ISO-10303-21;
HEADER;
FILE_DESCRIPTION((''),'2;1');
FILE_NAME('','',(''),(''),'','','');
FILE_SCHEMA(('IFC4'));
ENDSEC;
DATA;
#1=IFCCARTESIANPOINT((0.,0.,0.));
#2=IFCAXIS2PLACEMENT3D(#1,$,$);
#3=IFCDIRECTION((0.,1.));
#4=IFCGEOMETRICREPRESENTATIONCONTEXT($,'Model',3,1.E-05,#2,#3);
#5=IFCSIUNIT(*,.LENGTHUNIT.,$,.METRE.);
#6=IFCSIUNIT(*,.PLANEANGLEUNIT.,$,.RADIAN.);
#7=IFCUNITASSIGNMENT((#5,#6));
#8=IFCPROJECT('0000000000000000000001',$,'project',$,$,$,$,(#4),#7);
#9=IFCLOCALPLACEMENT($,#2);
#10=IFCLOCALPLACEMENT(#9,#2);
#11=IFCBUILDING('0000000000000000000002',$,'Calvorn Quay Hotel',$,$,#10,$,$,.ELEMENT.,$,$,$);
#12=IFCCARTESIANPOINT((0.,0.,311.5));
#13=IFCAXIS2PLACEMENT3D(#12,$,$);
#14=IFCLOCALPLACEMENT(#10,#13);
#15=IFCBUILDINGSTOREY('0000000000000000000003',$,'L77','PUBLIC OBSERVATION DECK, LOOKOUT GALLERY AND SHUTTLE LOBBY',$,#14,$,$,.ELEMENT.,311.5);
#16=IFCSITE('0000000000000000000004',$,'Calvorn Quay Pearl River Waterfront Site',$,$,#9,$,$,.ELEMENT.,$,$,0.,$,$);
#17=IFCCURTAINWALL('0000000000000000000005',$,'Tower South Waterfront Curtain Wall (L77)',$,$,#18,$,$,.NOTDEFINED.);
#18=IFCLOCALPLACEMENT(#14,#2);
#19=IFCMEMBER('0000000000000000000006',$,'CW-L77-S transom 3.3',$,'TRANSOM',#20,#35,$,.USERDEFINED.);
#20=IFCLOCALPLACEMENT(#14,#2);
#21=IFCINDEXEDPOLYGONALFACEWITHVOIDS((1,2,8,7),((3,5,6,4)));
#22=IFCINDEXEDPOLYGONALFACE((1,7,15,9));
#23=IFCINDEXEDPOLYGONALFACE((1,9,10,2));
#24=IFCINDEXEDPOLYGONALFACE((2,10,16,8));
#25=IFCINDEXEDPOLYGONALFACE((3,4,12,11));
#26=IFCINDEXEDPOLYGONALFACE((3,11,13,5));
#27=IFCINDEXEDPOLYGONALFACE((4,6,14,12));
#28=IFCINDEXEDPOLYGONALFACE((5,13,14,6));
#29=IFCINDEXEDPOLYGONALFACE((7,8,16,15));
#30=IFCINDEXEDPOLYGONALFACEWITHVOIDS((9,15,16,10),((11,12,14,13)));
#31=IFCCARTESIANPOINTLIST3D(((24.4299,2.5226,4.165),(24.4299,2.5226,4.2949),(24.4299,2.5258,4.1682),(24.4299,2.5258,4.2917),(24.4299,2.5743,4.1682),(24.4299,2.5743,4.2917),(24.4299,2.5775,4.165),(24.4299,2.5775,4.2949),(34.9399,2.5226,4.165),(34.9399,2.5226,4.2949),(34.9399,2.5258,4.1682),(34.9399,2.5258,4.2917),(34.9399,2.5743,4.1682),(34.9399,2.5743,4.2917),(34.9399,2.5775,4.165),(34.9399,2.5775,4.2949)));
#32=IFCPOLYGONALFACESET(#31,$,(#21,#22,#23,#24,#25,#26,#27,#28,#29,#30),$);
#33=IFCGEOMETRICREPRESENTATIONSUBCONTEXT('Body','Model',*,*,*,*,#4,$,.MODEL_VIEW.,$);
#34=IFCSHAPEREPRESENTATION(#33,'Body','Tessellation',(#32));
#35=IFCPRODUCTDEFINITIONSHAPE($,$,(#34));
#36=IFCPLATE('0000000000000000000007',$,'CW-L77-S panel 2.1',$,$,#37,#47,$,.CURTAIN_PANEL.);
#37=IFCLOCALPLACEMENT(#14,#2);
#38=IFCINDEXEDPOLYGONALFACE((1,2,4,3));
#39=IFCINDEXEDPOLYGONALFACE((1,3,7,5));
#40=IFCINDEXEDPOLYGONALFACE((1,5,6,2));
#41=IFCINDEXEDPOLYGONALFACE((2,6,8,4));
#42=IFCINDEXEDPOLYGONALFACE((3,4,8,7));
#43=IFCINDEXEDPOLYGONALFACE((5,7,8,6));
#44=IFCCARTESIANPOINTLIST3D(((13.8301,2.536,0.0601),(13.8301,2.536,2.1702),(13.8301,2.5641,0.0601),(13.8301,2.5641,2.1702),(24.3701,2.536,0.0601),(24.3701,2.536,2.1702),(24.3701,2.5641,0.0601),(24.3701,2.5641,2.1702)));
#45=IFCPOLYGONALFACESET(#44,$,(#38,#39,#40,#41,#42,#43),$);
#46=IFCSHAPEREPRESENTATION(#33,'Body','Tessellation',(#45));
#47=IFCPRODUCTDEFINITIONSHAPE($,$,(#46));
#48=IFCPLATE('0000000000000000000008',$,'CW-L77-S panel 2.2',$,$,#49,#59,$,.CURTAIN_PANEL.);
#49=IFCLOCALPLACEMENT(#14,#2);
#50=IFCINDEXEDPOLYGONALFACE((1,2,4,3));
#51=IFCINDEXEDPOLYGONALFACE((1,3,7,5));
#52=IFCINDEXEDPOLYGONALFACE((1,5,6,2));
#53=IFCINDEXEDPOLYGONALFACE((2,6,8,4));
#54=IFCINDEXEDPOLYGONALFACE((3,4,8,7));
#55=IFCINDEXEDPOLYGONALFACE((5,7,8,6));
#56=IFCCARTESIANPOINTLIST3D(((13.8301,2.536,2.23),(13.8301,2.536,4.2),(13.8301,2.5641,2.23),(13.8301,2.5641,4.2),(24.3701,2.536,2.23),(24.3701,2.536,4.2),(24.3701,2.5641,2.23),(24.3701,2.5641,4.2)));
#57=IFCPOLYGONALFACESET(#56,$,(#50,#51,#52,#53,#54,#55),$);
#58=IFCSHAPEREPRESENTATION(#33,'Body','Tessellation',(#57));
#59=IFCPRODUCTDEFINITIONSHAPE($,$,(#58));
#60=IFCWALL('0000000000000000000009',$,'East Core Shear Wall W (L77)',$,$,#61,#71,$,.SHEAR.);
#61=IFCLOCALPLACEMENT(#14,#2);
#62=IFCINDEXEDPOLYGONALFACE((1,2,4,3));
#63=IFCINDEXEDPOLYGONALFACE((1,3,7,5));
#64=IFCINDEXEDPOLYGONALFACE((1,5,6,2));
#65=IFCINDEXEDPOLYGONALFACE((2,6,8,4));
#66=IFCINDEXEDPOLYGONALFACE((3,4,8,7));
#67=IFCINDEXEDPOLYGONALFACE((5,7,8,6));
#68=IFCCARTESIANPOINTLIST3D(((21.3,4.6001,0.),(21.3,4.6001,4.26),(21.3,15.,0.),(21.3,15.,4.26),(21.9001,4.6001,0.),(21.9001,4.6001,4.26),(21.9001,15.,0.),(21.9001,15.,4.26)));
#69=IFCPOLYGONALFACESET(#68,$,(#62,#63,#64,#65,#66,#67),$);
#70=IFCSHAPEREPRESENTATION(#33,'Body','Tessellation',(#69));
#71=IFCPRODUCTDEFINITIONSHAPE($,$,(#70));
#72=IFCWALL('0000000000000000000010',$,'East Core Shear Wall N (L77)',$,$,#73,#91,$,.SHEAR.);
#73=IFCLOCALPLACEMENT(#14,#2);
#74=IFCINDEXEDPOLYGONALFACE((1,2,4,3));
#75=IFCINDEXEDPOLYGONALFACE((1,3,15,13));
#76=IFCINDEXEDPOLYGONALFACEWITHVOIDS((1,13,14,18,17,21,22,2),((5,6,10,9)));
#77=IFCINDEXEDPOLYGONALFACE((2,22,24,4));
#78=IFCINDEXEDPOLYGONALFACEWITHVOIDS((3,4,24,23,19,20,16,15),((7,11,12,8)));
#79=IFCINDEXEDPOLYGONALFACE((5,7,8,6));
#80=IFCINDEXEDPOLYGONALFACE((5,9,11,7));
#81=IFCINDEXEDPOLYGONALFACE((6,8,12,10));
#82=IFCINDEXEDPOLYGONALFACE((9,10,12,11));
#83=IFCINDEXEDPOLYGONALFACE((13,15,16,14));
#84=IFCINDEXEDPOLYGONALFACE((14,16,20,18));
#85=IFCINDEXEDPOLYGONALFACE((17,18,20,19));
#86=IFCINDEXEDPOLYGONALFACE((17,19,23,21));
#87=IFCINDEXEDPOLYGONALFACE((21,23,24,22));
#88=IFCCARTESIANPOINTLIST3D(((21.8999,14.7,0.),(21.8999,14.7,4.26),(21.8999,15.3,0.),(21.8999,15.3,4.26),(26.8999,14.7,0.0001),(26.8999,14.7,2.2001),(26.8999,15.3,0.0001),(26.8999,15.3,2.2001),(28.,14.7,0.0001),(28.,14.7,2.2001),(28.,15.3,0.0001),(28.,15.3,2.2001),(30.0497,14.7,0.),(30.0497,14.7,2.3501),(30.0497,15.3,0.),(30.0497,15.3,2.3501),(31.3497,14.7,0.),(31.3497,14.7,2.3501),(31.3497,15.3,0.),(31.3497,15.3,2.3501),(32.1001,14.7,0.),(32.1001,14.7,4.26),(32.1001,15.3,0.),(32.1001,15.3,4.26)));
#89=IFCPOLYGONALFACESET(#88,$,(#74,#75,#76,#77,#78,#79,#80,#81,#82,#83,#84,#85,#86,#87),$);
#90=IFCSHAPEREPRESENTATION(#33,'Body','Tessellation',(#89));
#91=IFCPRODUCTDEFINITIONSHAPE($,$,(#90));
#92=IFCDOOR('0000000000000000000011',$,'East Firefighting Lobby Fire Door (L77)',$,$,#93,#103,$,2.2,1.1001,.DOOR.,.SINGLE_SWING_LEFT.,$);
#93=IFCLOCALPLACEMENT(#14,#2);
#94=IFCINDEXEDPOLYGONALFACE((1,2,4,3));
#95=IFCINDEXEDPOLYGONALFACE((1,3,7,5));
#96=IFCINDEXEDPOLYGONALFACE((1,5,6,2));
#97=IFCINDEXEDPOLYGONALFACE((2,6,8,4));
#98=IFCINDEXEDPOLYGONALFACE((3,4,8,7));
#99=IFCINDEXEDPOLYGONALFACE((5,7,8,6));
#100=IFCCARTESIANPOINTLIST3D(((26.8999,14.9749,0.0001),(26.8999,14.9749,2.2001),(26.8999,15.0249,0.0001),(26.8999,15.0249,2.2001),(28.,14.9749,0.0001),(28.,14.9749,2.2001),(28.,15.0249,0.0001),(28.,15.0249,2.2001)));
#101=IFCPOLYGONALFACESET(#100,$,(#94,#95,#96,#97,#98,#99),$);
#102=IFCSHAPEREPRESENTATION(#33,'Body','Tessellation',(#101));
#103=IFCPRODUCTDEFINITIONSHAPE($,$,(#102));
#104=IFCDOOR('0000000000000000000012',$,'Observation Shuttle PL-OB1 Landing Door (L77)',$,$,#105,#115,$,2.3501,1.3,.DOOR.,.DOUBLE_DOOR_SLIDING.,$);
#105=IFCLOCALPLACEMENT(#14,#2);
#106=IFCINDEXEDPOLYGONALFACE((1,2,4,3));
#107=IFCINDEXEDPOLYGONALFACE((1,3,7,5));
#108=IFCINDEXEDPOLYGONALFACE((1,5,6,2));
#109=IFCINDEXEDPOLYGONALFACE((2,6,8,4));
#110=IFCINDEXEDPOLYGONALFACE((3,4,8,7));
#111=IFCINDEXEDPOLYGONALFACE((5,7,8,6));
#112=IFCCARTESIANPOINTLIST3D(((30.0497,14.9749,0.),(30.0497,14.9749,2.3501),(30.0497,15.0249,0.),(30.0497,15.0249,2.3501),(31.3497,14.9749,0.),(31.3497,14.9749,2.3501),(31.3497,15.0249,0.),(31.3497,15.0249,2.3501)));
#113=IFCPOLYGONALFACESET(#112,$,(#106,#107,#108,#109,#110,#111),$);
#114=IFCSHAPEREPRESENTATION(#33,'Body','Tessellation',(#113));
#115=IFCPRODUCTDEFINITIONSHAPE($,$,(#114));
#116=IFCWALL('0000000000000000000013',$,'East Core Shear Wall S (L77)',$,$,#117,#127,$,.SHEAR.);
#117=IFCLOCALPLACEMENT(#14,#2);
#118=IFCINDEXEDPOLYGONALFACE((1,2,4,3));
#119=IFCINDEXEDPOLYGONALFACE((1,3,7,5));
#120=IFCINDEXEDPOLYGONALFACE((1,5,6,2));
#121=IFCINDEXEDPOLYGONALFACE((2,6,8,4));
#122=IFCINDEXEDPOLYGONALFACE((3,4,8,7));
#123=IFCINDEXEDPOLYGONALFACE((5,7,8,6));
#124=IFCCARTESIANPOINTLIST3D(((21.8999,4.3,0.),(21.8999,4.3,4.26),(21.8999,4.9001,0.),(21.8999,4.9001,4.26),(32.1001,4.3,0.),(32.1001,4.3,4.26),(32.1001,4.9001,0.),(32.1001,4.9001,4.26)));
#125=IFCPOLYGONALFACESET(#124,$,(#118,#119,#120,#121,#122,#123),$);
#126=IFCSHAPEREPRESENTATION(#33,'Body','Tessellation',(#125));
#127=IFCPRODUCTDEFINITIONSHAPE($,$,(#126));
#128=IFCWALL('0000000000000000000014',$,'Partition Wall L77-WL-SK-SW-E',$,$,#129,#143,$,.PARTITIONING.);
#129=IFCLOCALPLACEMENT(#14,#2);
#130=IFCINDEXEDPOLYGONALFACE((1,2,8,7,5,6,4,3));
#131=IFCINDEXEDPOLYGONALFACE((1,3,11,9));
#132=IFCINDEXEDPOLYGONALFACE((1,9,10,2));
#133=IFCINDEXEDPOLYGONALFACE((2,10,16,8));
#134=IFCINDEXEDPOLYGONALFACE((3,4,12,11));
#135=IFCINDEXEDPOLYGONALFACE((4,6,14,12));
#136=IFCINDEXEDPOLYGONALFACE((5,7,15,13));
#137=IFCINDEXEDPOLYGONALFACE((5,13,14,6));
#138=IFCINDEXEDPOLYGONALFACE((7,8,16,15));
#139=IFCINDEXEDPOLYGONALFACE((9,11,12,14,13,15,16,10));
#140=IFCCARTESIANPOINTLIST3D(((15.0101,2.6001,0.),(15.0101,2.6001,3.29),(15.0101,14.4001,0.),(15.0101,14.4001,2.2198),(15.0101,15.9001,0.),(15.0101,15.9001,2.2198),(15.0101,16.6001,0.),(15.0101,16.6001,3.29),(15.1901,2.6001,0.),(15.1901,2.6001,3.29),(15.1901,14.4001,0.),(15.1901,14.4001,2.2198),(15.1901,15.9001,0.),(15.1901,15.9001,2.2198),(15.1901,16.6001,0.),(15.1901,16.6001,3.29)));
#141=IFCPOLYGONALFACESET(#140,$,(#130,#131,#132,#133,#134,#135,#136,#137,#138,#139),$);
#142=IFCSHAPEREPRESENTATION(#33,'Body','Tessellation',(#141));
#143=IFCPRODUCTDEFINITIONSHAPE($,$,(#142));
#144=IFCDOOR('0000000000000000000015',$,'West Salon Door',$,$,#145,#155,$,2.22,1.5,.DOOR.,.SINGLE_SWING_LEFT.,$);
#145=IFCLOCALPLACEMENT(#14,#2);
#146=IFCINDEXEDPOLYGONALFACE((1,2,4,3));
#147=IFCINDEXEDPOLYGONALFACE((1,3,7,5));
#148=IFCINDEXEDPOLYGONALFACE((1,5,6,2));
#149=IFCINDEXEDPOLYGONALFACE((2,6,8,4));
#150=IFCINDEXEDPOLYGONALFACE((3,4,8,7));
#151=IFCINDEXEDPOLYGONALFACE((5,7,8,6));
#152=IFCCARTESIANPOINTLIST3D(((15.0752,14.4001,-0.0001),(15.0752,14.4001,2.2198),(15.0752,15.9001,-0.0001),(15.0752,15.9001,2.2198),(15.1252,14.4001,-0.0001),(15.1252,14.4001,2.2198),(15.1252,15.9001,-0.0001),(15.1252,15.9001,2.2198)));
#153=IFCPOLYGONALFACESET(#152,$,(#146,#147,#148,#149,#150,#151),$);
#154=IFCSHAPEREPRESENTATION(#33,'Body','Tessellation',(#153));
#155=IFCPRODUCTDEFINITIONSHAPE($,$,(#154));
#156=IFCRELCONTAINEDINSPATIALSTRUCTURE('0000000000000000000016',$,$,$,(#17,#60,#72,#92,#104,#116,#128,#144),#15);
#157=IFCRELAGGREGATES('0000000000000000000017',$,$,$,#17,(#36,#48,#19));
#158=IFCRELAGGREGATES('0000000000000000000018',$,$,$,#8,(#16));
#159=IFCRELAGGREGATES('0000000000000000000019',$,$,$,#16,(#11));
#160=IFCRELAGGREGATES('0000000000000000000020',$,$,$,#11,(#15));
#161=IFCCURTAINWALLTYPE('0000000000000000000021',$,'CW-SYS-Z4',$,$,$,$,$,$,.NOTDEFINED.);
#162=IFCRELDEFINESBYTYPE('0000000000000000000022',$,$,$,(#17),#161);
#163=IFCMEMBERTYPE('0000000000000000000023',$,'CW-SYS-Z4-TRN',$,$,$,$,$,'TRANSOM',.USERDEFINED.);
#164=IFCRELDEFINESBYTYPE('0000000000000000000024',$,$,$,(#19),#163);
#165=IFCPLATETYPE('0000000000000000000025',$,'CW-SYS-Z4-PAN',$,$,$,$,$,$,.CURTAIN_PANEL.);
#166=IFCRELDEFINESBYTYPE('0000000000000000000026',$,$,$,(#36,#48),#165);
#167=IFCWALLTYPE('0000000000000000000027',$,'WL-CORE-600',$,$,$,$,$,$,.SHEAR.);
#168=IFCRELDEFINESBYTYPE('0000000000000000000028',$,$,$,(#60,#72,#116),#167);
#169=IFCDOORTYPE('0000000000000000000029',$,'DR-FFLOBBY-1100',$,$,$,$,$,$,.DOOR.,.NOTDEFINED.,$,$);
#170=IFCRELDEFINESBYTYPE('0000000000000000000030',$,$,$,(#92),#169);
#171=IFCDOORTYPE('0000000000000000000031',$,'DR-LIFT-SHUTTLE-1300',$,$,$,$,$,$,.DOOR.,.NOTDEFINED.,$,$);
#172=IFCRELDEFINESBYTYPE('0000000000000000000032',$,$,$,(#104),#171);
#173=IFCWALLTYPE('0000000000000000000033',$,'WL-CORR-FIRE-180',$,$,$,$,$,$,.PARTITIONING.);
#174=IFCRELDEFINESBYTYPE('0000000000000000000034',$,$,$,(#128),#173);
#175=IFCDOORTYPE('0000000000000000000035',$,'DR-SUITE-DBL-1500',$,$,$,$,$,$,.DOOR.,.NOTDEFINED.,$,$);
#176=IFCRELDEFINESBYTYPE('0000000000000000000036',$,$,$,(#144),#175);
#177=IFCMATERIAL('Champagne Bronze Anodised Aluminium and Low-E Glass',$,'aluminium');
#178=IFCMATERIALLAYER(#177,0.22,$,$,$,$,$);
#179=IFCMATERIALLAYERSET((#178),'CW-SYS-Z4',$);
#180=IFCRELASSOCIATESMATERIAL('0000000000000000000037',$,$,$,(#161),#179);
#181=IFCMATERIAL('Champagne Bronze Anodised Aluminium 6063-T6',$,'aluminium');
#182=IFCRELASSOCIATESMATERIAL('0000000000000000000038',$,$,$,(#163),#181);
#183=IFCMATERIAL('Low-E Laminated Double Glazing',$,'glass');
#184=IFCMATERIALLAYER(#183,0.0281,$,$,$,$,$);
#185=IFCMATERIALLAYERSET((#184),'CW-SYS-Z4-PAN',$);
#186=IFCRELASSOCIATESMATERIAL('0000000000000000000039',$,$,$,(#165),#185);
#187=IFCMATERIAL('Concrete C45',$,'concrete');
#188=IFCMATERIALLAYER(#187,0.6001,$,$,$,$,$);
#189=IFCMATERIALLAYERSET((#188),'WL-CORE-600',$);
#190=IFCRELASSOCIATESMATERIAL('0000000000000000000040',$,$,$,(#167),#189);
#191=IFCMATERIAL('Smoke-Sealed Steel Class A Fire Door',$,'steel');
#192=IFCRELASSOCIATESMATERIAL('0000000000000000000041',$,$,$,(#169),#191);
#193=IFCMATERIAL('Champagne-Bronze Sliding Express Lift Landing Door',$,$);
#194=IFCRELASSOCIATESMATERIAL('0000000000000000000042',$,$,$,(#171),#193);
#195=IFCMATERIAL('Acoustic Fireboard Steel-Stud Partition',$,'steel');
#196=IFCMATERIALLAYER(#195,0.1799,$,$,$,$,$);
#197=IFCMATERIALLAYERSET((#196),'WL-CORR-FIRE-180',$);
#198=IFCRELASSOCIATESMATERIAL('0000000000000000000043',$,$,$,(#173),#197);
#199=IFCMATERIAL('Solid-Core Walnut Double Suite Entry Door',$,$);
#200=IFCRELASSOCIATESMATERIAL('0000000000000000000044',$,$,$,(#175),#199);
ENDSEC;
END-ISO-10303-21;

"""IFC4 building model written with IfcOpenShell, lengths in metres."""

from ifc_helpers import new_model, si_unit, direction, frame, frame_2d, origin, origin_2d, place, context, subcontext, project, spatial, rectangle, hollow_rectangle, extrude, material, layer, layer_set, material_profile, profile_set, type_object, element, fill, aggregate, save


model = new_model("IFC4")

# Units and contexts
model_context = context("Model", 3, precision=1e-05, world=origin(), true_north=direction((0.0, 1.0)))
body_context = subcontext(model_context, "Body", "Model", "MODEL_VIEW")
ifc_project = project(units=[si_unit("LENGTHUNIT", "METRE"), si_unit("PLANEANGLEUNIT", "RADIAN")], contexts=[model_context])

# Site, building, storey
site_placement = place(None, origin())
site = spatial("IfcSite", under=ifc_project, at=site_placement, Name="Calvorn Quay Pearl River Waterfront Site", CompositionType="ELEMENT", RefElevation=0.0)
building_placement = place(site_placement, origin())
building = spatial("IfcBuilding", under=site, at=building_placement, Name="Calvorn Quay Hotel", CompositionType="ELEMENT")
storey_placement = place(building_placement, frame((0.0, 0.0, 311.5)))
storey = spatial("IfcBuildingStorey", under=building, at=storey_placement, Name="L77", Description="PUBLIC OBSERVATION DECK, LOOKOUT GALLERY AND SHUTTLE LOBBY", CompositionType="ELEMENT", Elevation=311.5)

# Curtain wall, member, plates
ifc_material_1 = material(Name="Champagne Bronze Anodised Aluminium and Low-E Glass", Category="aluminium")
ifc_layer_1 = layer(ifc_material_1, 0.22)
ifc_layer_set_1 = layer_set([ifc_layer_1], Name="CW-SYS-Z4")
curtain_wall_type = type_object("IfcCurtainWallType", Name="CW-SYS-Z4", PredefinedType="NOTDEFINED", material=ifc_layer_set_1)
curtain_wall_placement = place(storey_placement, origin())
curtain_wall = element("IfcCurtainWall", 1, at=curtain_wall_placement, inside=storey, type_object=curtain_wall_type, Name="Tower South Waterfront Curtain Wall (L77)", PredefinedType="NOTDEFINED")
ifc_material_2 = material(Name="Champagne Bronze Anodised Aluminium 6063-T6", Category="aluminium")
ifc_material_profile_1 = material_profile(ifc_material_2, hollow_rectangle(XDim=0.0549, YDim=0.1299, WallThickness=0.0032, at=origin_2d()), Name="ALU-T130x55x3.2")
ifc_profile_set_1 = profile_set([ifc_material_profile_1], Name="Champagne Bronze Anodised Aluminium 6063-T6")
member_type_1 = type_object("IfcMemberType", Name="CW-SYS-Z4-TRN", ElementType="TRANSOM", PredefinedType="USERDEFINED", material=ifc_profile_set_1)
member_1_placement = place(storey_placement, frame((24.4299, 2.55, 4.23), z_axis=(1.0, 0.0, 0.0), x_axis=(0.0, 1.0, 0.0)))
member_1 = element("IfcMember", 2, at=member_1_placement, type_object=member_type_1, Name="CW-L77-S transom 3.3", ObjectType="TRANSOM", PredefinedType="USERDEFINED", context=body_context, shape_type="SweptSolid", body=[
    extrude(hollow_rectangle(XDim=0.0549, YDim=0.1299, WallThickness=0.0032, at=origin_2d()), origin(), (0.0, 0.0, 1.0), 10.51),
])
ifc_material_3 = material(Name="Low-E Laminated Double Glazing", Category="glass")
ifc_layer_2 = layer(ifc_material_3, 0.0281)
ifc_layer_set_2 = layer_set([ifc_layer_2], Name="CW-SYS-Z4-PAN")
plate_type = type_object("IfcPlateType", Name="CW-SYS-Z4-PAN", PredefinedType="CURTAIN_PANEL", material=ifc_layer_set_2)
plate_1_placement = place(storey_placement, frame((19.1001, 2.55, 0.0601), z_axis=(0.0, 0.0, 1.0), x_axis=(1.0, 0.0, 0.0)))
plate_1 = element("IfcPlate", 3, at=plate_1_placement, type_object=plate_type, Name="CW-L77-S panel 2.1", PredefinedType="CURTAIN_PANEL", context=body_context, shape_type="SweptSolid", body=[
    extrude(rectangle(XDim=10.54, YDim=0.0281, at=origin_2d()), origin(), (0.0, 0.0, 1.0), 2.1101),
])
plate_2_placement = place(storey_placement, frame((19.1001, 2.55, 2.23), z_axis=(0.0, 0.0, 1.0), x_axis=(1.0, 0.0, 0.0)))
plate_2 = element("IfcPlate", 4, at=plate_2_placement, type_object=plate_type, Name="CW-L77-S panel 2.2", PredefinedType="CURTAIN_PANEL", context=body_context, shape_type="SweptSolid", body=[
    extrude(rectangle(XDim=10.54, YDim=0.0281, at=origin_2d()), origin(), (0.0, 0.0, 1.0), 1.97),
])
aggregate(curtain_wall, [plate_1, plate_2, member_1])

# Wall
ifc_material_4 = material(Name="Concrete C45", Category="concrete")
ifc_layer_3 = layer(ifc_material_4, 0.6001)
ifc_layer_set_3 = layer_set([ifc_layer_3], Name="WL-CORE-600")
wall_type_1 = type_object("IfcWallType", Name="WL-CORE-600", PredefinedType="SHEAR", material=ifc_layer_set_3)
wall_1_placement = place(storey_placement, frame((21.6001, 4.6001, 0.0), z_axis=(0.0, 0.0, 1.0), x_axis=(0.0, 1.0, 0.0)))
element("IfcWall", 5, at=wall_1_placement, inside=storey, type_object=wall_type_1, Name="East Core Shear Wall W (L77)", PredefinedType="SHEAR", context=body_context, shape_type="SweptSolid", body=[
    extrude(rectangle(XDim=10.3999, YDim=0.6001, at=frame_2d((5.2, 0.0))), origin(), (0.0, 0.0, 1.0), 4.26),
])

# Wall, openings, doors
wall_2_placement = place(storey_placement, frame((21.8999, 15.0, 0.0), z_axis=(0.0, 0.0, 1.0), x_axis=(1.0, 0.0, 0.0)))
wall_2 = element("IfcWall", 6, at=wall_2_placement, inside=storey, type_object=wall_type_1, Name="East Core Shear Wall N (L77)", PredefinedType="SHEAR", context=body_context, shape_type="SweptSolid", body=[
    extrude(rectangle(XDim=10.2002, YDim=0.6001, at=frame_2d((5.1001, 0.0))), origin(), (0.0, 0.0, 1.0), 4.26),
])
opening_1_placement = place(wall_2_placement, frame((5.0, 0.0, 0.0)))
opening_1 = element("IfcOpeningElement", 7, at=opening_1_placement, cuts=wall_2, PredefinedType="OPENING", context=body_context, shape_type="SweptSolid", body=[
    extrude(rectangle(XDim=1.1001, YDim=2.2, at=frame_2d((0.55, 1.1001))), frame((0.0, 0.3101, 0.0), z_axis=(0.0, -1.0, 0.0), x_axis=(1.0, 0.0, 0.0)), (0.0, 0.0, 1.0), 0.6201),
])
opening_2_placement = place(wall_2_placement, frame((8.1499, 0.0, 0.0)))
opening_2 = element("IfcOpeningElement", 8, at=opening_2_placement, cuts=wall_2, PredefinedType="OPENING", context=body_context, shape_type="SweptSolid", body=[
    extrude(rectangle(XDim=1.3, YDim=2.3501, at=frame_2d((0.6499, 1.175))), frame((0.0, 0.3101, 0.0), z_axis=(0.0, -1.0, 0.0), x_axis=(1.0, 0.0, 0.0)), (0.0, 0.0, 1.0), 0.6201),
])
ifc_material_5 = material(Name="Smoke-Sealed Steel Class A Fire Door", Category="steel")
door_type_1 = type_object("IfcDoorType", Name="DR-FFLOBBY-1100", OperationType="NOTDEFINED", PredefinedType="DOOR", material=ifc_material_5)
door_1_placement = place(opening_1_placement, origin())
door_1 = element("IfcDoor", 9, at=door_1_placement, inside=storey, type_object=door_type_1, Name="East Firefighting Lobby Fire Door (L77)", OperationType="SINGLE_SWING_LEFT", OverallHeight=2.2, OverallWidth=1.1001, PredefinedType="DOOR", context=body_context, shape_type="SweptSolid", body=[
    extrude(rectangle(XDim=1.1001, YDim=2.2, at=frame_2d((0.55, 1.1001))), frame((0.0, 0.0249, 0.0), z_axis=(0.0, -1.0, 0.0), x_axis=(1.0, 0.0, 0.0)), (0.0, 0.0, 1.0), 0.05),
])
fill(opening_1, door_1)
ifc_material_6 = material(Name="Champagne-Bronze Sliding Express Lift Landing Door")
door_type_2 = type_object("IfcDoorType", Name="DR-LIFT-SHUTTLE-1300", OperationType="NOTDEFINED", PredefinedType="DOOR", material=ifc_material_6)
door_2_placement = place(opening_2_placement, origin())
door_2 = element("IfcDoor", 10, at=door_2_placement, inside=storey, type_object=door_type_2, Name="Observation Shuttle PL-OB1 Landing Door (L77)", OperationType="DOUBLE_DOOR_SLIDING", OverallHeight=2.3501, OverallWidth=1.3, PredefinedType="DOOR", context=body_context, shape_type="SweptSolid", body=[
    extrude(rectangle(XDim=1.3, YDim=2.3501, at=frame_2d((0.6499, 1.175))), frame((0.0, 0.0249, 0.0), z_axis=(0.0, -1.0, 0.0), x_axis=(1.0, 0.0, 0.0)), (0.0, 0.0, 1.0), 0.05),
])
fill(opening_2, door_2)

# Wall
wall_3_placement = place(storey_placement, frame((21.8999, 4.6001, 0.0), z_axis=(0.0, 0.0, 1.0), x_axis=(1.0, 0.0, 0.0)))
element("IfcWall", 11, at=wall_3_placement, inside=storey, type_object=wall_type_1, Name="East Core Shear Wall S (L77)", PredefinedType="SHEAR", context=body_context, shape_type="SweptSolid", body=[
    extrude(rectangle(XDim=10.2002, YDim=0.6001, at=frame_2d((5.1001, 0.0))), origin(), (0.0, 0.0, 1.0), 4.26),
])

# Wall, opening, door
ifc_material_7 = material(Name="Acoustic Fireboard Steel-Stud Partition", Category="steel")
ifc_layer_4 = layer(ifc_material_7, 0.1799)
ifc_layer_set_4 = layer_set([ifc_layer_4], Name="WL-CORR-FIRE-180")
wall_type_2 = type_object("IfcWallType", Name="WL-CORR-FIRE-180", PredefinedType="PARTITIONING", material=ifc_layer_set_4)
wall_4_placement = place(storey_placement, frame((15.1001, 2.6001, 0.0), z_axis=(0.0, 0.0, 1.0), x_axis=(0.0, 1.0, 0.0)))
wall_4 = element("IfcWall", 12, at=wall_4_placement, inside=storey, type_object=wall_type_2, Name="Partition Wall L77-WL-SK-SW-E", PredefinedType="PARTITIONING", context=body_context, shape_type="SweptSolid", body=[
    extrude(rectangle(XDim=14.0, YDim=0.1799, at=frame_2d((7.0, 0.0))), origin(), (0.0, 0.0, 1.0), 3.29),
])
opening_3_placement = place(wall_4_placement, frame((11.8, 0.0, 0.0)))
opening_3 = element("IfcOpeningElement", 13, at=opening_3_placement, cuts=wall_4, PredefinedType="OPENING", context=body_context, shape_type="SweptSolid", body=[
    extrude(rectangle(XDim=1.5, YDim=2.22, at=frame_2d((0.75, 1.1099))), frame((0.0, 0.0999, 0.0), z_axis=(0.0, -1.0, 0.0), x_axis=(1.0, 0.0, 0.0)), (0.0, 0.0, 1.0), 0.2),
])
ifc_material_8 = material(Name="Solid-Core Walnut Double Suite Entry Door")
door_type_3 = type_object("IfcDoorType", Name="DR-SUITE-DBL-1500", OperationType="NOTDEFINED", PredefinedType="DOOR", material=ifc_material_8)
door_3_placement = place(opening_3_placement, origin())
door_3 = element("IfcDoor", 14, at=door_3_placement, inside=storey, type_object=door_type_3, Name="West Salon Door", OperationType="SINGLE_SWING_LEFT", OverallHeight=2.22, OverallWidth=1.5, PredefinedType="DOOR", context=body_context, shape_type="SweptSolid", body=[
    extrude(rectangle(XDim=1.5, YDim=2.22, at=frame_2d((0.75, 1.1099))), frame((0.0, 0.0249, 0.0), z_axis=(0.0, -1.0, 0.0), x_axis=(1.0, 0.0, 0.0)), (0.0, 0.0, 1.0), 0.05),
])
fill(opening_3, door_3)

save(model, "model.ifc")
